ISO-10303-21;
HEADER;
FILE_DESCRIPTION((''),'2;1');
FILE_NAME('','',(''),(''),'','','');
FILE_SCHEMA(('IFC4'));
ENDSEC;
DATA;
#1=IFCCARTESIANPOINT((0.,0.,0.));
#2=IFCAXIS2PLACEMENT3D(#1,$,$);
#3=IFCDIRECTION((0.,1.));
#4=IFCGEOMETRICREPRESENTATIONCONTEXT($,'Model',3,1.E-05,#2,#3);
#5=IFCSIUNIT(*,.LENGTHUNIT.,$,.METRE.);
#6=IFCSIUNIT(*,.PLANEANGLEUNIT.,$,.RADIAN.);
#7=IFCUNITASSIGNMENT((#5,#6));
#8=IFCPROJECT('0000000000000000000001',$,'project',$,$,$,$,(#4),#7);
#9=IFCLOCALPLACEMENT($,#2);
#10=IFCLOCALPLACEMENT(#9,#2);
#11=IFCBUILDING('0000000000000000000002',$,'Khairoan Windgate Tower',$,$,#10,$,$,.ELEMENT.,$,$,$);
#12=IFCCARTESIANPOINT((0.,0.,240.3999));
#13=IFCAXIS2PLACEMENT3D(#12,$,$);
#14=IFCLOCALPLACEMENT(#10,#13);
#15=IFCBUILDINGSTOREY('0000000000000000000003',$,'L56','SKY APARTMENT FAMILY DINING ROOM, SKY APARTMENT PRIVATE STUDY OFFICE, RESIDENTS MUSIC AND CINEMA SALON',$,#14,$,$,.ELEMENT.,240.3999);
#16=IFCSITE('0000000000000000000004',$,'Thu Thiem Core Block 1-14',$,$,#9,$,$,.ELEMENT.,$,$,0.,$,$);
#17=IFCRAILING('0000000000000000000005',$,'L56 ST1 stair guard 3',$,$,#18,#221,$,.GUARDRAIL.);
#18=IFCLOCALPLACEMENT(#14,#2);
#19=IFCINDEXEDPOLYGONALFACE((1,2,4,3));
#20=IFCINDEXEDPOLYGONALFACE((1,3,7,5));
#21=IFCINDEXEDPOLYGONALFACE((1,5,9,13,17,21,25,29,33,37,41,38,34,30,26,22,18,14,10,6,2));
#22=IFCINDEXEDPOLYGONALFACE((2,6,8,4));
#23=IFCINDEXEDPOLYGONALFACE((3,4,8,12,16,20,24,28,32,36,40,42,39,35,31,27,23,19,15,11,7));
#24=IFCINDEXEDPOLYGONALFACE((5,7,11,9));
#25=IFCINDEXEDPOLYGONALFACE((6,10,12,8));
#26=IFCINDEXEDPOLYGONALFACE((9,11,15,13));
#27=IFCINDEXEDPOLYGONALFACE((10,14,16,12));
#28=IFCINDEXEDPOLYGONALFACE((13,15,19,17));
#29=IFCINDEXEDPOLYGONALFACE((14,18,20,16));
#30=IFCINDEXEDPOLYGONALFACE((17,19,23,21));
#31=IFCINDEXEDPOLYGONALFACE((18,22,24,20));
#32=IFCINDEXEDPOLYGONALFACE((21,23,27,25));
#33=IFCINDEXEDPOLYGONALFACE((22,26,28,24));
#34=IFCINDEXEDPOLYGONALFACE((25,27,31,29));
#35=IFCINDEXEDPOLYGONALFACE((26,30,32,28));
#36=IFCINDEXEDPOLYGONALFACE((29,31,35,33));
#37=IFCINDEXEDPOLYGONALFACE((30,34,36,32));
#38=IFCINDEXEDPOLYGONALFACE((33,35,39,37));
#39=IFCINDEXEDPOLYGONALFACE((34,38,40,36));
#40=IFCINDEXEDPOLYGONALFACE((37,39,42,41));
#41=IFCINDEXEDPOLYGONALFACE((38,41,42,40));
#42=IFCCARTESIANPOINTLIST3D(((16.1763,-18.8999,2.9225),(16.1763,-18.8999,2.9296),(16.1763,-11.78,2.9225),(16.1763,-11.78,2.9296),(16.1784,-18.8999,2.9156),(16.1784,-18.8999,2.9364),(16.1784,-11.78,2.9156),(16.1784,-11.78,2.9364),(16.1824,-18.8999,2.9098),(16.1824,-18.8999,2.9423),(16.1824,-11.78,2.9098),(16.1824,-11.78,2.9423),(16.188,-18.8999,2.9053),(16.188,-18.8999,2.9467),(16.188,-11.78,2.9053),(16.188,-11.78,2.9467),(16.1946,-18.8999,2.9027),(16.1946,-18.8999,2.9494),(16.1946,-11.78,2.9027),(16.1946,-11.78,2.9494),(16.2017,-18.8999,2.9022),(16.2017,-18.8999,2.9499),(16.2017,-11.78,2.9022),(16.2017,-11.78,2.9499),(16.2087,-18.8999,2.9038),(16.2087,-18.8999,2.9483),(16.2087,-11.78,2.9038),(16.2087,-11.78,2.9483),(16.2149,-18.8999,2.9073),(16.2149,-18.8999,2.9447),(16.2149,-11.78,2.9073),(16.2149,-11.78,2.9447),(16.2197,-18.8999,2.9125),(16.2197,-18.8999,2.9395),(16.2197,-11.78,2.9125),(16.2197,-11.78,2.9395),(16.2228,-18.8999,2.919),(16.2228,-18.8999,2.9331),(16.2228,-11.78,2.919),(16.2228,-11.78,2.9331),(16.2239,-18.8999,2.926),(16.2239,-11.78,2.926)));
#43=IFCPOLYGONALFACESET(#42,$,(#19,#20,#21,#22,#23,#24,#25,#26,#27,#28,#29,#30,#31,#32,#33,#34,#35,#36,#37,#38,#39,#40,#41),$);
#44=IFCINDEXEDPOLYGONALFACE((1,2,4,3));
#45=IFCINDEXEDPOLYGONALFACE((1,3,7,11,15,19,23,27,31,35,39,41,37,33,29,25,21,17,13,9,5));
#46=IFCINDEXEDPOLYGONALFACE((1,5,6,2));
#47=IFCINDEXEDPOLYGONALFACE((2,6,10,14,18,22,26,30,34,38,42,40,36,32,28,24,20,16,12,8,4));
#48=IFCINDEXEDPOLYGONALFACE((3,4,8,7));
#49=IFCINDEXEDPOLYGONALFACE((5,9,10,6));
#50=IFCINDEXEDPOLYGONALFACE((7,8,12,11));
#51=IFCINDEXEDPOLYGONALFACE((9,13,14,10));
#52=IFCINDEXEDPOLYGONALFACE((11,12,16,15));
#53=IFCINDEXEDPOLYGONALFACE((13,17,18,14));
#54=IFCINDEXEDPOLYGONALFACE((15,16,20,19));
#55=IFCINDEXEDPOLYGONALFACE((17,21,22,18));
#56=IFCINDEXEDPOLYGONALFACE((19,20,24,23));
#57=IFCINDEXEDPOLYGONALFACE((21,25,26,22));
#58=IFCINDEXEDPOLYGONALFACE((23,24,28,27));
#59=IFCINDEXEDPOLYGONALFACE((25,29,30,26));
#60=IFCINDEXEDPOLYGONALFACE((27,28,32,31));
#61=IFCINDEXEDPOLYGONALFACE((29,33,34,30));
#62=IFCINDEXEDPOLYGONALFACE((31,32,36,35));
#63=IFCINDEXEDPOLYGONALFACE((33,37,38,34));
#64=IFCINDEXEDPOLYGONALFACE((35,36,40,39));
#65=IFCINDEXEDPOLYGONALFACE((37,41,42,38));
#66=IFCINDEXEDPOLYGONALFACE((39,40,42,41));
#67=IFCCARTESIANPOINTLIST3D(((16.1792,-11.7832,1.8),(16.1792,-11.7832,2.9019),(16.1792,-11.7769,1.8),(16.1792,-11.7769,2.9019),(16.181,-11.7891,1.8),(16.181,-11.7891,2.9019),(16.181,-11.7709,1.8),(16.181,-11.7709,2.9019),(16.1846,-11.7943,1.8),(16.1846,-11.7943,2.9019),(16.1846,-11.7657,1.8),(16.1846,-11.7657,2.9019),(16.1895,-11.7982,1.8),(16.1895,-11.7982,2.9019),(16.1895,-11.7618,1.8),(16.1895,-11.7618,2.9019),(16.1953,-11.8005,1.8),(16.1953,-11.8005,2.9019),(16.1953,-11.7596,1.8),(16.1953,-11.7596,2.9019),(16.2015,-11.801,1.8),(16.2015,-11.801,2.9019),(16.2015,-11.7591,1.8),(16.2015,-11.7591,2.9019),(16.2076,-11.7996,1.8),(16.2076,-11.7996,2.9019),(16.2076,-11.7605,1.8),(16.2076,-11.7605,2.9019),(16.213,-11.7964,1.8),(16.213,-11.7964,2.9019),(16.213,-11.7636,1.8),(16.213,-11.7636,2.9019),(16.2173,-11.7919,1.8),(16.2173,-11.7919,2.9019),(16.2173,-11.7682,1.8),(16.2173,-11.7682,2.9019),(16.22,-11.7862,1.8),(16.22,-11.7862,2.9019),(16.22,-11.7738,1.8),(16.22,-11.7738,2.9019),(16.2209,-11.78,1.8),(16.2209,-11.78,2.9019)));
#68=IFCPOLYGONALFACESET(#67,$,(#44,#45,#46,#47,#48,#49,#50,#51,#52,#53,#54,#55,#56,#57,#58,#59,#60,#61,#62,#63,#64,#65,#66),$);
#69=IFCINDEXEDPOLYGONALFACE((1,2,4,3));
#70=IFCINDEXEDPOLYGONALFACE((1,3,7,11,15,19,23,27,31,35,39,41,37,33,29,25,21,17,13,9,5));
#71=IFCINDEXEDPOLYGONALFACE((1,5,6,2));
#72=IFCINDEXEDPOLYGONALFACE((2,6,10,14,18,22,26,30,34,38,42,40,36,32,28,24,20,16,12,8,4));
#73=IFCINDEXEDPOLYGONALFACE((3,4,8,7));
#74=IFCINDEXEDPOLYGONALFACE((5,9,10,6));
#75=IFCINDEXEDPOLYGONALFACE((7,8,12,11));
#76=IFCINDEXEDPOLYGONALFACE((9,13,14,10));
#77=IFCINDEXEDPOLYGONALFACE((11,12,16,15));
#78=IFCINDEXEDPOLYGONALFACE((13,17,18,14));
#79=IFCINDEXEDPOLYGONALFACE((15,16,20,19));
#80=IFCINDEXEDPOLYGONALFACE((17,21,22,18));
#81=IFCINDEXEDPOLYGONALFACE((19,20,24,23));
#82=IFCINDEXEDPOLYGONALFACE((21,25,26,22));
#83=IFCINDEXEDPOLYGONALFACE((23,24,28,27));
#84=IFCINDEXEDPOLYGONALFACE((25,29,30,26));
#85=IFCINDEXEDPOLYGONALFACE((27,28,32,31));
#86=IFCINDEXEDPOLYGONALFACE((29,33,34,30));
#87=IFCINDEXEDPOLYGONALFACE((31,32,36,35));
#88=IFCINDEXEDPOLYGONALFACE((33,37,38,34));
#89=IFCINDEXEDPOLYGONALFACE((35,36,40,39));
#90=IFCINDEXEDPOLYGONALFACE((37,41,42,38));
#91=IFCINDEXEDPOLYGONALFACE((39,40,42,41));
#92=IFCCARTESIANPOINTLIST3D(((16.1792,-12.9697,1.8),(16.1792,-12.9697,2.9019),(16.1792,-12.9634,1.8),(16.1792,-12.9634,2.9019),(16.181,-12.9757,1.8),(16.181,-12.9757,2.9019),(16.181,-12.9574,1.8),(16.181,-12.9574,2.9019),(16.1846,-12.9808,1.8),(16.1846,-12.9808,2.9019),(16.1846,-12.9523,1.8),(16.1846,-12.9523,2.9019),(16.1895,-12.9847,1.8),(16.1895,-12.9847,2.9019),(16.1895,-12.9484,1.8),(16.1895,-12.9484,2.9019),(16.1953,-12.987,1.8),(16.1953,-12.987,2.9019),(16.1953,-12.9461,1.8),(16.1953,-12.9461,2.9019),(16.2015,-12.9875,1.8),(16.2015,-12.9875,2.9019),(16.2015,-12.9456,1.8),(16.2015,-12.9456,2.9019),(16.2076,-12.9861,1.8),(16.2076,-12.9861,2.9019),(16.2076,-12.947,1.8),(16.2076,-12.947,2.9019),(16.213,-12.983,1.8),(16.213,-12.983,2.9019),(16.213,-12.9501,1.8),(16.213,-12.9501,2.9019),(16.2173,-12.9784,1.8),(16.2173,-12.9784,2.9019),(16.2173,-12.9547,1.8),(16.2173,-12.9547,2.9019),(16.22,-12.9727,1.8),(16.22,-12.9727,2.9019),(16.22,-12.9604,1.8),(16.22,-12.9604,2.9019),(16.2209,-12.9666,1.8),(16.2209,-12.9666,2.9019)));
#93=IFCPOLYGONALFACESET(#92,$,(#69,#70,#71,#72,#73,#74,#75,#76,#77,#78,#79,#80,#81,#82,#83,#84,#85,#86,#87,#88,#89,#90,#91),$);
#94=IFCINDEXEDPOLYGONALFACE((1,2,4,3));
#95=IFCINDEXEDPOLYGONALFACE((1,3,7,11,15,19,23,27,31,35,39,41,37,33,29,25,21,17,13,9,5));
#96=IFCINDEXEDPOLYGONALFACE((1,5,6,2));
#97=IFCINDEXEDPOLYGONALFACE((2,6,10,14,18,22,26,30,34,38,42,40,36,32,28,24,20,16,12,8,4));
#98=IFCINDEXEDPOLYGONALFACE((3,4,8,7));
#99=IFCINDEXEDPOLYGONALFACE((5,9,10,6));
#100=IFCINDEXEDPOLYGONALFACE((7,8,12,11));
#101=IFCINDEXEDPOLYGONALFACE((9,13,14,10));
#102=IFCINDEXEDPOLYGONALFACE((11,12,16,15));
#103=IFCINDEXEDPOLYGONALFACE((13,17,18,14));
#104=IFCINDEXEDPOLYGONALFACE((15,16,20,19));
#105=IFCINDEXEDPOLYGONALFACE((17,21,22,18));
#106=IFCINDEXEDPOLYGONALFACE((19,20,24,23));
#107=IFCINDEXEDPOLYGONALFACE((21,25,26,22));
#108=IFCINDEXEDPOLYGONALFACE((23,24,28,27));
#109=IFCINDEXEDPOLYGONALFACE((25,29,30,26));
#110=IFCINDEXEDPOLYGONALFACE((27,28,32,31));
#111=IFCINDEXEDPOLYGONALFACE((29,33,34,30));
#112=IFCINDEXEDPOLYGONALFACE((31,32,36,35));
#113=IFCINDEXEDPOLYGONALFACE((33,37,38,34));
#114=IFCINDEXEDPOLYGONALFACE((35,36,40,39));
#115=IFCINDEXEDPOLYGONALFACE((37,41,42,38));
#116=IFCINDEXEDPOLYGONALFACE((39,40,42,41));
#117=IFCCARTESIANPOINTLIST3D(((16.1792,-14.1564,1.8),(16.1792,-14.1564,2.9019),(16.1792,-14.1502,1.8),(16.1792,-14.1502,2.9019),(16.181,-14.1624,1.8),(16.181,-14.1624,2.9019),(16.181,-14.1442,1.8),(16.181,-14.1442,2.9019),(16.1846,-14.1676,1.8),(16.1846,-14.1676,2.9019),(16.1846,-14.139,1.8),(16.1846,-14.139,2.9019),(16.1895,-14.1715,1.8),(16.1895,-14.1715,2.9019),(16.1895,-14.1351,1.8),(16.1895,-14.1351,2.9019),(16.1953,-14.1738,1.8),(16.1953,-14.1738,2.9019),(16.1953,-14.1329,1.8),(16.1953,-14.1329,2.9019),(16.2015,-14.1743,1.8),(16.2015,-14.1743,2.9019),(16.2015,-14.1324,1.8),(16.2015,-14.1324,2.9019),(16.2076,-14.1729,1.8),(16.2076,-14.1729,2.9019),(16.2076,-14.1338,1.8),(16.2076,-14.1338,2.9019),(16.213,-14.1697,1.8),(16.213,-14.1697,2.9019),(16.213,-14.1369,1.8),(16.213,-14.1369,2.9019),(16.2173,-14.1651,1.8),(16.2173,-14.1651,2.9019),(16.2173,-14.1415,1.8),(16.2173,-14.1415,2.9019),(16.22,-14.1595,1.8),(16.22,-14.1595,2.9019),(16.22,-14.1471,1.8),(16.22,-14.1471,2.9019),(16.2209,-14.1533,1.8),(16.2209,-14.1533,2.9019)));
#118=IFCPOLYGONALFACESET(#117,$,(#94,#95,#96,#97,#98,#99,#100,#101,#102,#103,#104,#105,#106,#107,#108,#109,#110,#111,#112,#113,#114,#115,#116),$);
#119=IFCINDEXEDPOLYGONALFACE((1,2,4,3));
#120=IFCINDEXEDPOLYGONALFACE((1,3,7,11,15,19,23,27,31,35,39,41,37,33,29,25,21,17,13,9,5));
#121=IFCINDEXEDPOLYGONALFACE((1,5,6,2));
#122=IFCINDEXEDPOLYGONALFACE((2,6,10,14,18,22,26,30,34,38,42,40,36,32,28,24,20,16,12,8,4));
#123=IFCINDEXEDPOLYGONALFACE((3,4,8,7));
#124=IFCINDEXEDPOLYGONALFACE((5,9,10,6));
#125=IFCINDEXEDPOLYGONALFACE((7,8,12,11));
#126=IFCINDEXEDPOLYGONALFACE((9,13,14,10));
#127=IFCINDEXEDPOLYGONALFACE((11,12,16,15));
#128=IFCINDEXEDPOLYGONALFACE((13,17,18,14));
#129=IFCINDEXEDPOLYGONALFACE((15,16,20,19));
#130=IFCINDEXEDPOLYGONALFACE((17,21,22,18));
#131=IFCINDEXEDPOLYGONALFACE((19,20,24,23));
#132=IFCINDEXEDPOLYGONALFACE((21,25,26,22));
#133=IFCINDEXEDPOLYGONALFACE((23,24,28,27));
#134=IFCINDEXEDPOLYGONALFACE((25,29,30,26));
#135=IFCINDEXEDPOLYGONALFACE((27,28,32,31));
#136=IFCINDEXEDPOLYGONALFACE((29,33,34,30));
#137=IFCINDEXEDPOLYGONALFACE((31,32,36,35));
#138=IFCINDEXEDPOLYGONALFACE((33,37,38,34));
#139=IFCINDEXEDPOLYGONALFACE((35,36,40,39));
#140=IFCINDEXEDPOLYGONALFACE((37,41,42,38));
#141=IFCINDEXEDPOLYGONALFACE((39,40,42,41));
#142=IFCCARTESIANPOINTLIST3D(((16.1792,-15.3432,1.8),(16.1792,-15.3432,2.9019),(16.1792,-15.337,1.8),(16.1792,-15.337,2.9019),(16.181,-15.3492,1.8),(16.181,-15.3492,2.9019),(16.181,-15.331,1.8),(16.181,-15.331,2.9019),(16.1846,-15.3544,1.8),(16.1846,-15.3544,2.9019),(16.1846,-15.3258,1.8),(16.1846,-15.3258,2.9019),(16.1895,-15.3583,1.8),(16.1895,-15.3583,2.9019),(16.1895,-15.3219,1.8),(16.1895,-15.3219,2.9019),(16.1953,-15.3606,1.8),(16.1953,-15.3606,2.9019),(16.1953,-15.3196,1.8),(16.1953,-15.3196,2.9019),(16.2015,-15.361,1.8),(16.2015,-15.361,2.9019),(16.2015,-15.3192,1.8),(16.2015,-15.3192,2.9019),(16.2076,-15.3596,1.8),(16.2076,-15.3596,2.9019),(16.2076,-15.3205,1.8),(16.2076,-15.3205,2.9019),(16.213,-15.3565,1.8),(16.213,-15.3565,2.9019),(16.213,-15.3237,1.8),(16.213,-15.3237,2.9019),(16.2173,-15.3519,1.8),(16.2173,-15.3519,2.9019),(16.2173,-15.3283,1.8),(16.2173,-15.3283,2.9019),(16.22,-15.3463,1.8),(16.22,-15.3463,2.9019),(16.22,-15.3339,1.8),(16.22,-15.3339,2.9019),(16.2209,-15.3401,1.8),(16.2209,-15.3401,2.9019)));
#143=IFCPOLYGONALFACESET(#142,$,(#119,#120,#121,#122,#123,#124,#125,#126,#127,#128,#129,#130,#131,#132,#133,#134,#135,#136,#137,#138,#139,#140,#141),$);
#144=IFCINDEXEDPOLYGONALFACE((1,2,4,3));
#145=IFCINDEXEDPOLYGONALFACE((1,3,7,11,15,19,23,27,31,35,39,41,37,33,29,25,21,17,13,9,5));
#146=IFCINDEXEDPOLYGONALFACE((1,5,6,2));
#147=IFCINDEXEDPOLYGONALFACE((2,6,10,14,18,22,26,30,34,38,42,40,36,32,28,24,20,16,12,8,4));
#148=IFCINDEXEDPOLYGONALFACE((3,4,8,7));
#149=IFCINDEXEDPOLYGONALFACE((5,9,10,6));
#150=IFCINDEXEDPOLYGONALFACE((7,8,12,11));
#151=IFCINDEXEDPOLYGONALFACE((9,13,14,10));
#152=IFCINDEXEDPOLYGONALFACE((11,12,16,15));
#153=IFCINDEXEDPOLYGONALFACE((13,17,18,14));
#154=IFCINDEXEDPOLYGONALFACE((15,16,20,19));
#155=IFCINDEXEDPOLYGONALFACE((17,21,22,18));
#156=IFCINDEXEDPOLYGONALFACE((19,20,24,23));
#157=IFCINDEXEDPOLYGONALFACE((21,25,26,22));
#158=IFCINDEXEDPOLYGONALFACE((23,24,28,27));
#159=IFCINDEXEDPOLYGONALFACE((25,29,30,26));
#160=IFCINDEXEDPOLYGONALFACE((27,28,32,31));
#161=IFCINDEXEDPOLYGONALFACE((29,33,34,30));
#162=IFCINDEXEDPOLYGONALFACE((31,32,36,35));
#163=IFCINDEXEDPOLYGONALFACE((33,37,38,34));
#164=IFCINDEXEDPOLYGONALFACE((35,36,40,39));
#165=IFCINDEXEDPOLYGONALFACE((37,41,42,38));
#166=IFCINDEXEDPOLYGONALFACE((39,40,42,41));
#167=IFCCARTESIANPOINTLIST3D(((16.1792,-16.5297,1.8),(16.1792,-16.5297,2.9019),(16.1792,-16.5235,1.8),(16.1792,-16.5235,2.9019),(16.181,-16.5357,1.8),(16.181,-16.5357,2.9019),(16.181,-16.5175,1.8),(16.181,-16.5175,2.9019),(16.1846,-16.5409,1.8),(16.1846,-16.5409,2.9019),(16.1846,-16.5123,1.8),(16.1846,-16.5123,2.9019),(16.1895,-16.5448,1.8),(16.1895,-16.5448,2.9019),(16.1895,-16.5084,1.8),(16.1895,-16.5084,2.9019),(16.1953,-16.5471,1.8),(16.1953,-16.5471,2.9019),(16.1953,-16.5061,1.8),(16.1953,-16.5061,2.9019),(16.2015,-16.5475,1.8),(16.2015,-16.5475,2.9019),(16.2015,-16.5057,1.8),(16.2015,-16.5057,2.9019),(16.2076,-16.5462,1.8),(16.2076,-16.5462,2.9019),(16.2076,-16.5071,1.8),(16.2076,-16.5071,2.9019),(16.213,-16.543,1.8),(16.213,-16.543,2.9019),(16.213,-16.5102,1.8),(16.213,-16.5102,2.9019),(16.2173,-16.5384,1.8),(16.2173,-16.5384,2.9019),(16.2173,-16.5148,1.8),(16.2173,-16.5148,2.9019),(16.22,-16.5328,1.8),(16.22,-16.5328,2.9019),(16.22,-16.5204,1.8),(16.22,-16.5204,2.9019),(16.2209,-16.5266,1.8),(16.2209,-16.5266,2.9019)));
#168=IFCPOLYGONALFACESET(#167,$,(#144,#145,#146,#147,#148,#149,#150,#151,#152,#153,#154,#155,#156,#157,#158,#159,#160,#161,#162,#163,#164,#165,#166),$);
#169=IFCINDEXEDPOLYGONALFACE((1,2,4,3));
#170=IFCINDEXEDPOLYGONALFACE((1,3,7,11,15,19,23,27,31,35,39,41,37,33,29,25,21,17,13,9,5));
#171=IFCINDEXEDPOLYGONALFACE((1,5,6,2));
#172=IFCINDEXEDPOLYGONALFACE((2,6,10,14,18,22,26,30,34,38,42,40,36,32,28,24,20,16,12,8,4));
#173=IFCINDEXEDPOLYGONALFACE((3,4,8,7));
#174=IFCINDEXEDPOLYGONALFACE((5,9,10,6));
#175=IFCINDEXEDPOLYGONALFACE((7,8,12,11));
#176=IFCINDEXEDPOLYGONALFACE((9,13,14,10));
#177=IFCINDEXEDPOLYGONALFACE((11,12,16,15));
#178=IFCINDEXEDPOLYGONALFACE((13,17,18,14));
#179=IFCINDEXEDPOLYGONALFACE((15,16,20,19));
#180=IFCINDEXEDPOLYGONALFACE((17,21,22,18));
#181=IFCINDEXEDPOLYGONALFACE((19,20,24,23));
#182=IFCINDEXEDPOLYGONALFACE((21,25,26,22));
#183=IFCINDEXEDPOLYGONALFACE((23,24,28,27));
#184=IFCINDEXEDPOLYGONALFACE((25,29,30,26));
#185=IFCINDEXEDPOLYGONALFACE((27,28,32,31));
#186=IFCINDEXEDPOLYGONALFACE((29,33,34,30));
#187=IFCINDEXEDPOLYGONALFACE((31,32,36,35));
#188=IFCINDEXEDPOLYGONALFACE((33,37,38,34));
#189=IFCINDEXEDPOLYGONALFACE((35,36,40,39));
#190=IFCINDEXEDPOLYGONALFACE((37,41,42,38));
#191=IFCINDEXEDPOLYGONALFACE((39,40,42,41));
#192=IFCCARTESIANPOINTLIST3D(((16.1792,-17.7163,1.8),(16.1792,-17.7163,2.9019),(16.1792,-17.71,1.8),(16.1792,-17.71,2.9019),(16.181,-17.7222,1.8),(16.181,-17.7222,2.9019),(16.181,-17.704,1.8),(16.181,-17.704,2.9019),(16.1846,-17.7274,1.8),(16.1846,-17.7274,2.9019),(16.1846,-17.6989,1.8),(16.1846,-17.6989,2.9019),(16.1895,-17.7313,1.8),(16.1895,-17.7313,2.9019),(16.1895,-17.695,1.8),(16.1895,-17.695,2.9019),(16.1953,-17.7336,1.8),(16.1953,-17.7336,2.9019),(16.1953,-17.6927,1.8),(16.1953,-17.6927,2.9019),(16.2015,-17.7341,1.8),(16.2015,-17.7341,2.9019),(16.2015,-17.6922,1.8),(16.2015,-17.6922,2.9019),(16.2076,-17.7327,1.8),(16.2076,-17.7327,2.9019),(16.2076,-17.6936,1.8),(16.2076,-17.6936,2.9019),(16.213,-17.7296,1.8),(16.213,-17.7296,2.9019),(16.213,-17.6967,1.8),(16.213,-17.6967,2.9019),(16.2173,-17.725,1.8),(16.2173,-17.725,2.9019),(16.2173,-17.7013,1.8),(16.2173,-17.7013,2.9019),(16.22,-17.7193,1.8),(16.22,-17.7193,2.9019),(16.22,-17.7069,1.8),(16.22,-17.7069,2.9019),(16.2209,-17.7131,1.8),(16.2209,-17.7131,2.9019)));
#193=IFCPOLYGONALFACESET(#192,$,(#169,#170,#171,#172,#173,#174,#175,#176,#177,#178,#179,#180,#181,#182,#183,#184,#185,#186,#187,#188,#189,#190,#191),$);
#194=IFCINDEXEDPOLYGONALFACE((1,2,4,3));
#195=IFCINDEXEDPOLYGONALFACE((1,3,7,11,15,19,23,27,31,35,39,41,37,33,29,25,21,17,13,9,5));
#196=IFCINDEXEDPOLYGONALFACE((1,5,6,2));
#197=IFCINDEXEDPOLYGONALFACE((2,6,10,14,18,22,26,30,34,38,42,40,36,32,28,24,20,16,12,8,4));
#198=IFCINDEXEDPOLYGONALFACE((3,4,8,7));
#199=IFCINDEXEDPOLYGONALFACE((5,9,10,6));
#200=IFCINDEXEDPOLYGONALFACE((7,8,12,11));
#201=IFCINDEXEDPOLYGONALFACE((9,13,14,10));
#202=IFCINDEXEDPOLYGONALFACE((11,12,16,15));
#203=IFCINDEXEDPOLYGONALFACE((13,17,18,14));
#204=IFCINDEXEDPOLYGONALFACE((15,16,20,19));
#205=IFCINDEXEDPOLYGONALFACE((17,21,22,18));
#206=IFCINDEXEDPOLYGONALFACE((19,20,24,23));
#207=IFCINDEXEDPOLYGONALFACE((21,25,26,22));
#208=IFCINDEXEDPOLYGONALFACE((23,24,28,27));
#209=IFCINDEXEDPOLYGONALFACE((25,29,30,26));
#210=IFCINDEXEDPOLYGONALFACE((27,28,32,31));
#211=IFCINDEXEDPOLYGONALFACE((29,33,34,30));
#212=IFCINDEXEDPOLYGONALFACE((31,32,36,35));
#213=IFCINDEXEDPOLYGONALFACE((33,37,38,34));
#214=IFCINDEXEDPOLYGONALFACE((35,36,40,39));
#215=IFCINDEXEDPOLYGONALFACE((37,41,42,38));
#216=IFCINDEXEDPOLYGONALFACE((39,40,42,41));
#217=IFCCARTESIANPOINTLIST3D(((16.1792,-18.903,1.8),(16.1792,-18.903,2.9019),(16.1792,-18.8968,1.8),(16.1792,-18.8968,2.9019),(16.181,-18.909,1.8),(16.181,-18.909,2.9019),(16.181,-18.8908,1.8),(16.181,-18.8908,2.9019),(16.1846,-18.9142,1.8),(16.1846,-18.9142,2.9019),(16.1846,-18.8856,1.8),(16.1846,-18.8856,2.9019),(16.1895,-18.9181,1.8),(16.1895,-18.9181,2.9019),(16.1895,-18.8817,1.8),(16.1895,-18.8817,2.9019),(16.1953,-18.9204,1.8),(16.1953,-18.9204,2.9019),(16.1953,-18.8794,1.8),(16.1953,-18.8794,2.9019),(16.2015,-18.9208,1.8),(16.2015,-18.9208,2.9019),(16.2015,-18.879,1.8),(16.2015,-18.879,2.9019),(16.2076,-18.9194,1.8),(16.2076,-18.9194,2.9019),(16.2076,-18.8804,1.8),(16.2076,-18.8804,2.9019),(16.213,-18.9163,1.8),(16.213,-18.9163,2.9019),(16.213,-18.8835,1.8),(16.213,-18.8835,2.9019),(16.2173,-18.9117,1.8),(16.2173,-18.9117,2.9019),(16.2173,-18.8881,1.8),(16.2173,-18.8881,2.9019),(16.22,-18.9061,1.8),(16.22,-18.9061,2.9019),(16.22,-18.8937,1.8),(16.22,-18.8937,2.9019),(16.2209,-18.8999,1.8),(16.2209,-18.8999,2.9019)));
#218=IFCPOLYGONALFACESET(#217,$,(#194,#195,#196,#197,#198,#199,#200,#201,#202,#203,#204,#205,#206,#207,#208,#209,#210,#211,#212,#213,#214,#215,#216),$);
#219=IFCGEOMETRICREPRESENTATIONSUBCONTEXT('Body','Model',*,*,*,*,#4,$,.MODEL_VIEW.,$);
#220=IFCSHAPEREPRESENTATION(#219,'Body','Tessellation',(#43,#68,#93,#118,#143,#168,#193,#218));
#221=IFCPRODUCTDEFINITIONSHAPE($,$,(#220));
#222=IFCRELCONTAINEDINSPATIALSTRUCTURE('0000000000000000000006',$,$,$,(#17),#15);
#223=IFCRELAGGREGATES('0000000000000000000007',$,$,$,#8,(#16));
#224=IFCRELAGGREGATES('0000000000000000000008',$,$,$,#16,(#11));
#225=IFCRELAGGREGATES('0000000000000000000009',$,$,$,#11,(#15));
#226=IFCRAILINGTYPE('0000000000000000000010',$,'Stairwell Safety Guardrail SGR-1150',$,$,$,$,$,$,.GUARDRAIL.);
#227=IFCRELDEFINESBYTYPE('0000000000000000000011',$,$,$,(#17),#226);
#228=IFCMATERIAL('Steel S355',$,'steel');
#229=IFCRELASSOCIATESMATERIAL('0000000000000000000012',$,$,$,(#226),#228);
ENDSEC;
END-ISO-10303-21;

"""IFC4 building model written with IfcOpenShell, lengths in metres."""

from ifc_helpers import new_model, si_unit, direction, frame, origin, origin_2d, place, context, subcontext, project, spatial, circle, extrude, material, type_object, element, save


model = new_model("IFC4")

# Units and contexts
model_context = context("Model", 3, precision=1e-05, world=origin(), true_north=direction((0.0, 1.0)))
body_context = subcontext(model_context, "Body", "Model", "MODEL_VIEW")
ifc_project = project(units=[si_unit("LENGTHUNIT", "METRE"), si_unit("PLANEANGLEUNIT", "RADIAN")], contexts=[model_context])

# Site, building, storey
site_placement = place(None, origin())
site = spatial("IfcSite", under=ifc_project, at=site_placement, Name="Thu Thiem Core Block 1-14", CompositionType="ELEMENT", RefElevation=0.0)
building_placement = place(site_placement, origin())
building = spatial("IfcBuilding", under=site, at=building_placement, Name="Khairoan Windgate Tower", CompositionType="ELEMENT")
storey_placement = place(building_placement, frame((0.0, 0.0, 240.3999)))
storey = spatial("IfcBuildingStorey", under=building, at=storey_placement, Name="L56", Description="SKY APARTMENT FAMILY DINING ROOM, SKY APARTMENT PRIVATE STUDY OFFICE, RESIDENTS MUSIC AND CINEMA SALON", CompositionType="ELEMENT", Elevation=240.3999)

# Railing
ifc_material_1 = material(Name="Steel S355", Category="steel")
railing_type = type_object("IfcRailingType", Name="Stairwell Safety Guardrail SGR-1150", PredefinedType="GUARDRAIL", material=ifc_material_1)
railing_1_placement = place(storey_placement, frame((16.2, -11.78, 1.8)))
element("IfcRailing", 1, at=railing_1_placement, inside=storey, type_object=railing_type, Name="L56 ST1 stair guard 3", PredefinedType="GUARDRAIL", context=body_context, shape_type="SweptSolid", body=[
    extrude(circle(Radius=0.0239, at=origin_2d()), frame((0.0, 0.0, 1.126), z_axis=(0.0, -1.0, 0.0), x_axis=(1.0, 0.0, 0.0)), (0.0, 0.0, 1.0), 7.1199),
    extrude(circle(Radius=0.021, at=origin_2d()), origin(), (0.0, 0.0, 1.0), 1.1018),
    extrude(circle(Radius=0.021, at=origin_2d()), frame((0.0, -1.1865, 0.0)), (0.0, 0.0, 1.0), 1.1018),
    extrude(circle(Radius=0.021, at=origin_2d()), frame((0.0, -2.3733, 0.0)), (0.0, 0.0, 1.0), 1.1018),
    extrude(circle(Radius=0.021, at=origin_2d()), frame((0.0, -3.5601, 0.0)), (0.0, 0.0, 1.0), 1.1018),
    extrude(circle(Radius=0.021, at=origin_2d()), frame((0.0, -4.7466, 0.0)), (0.0, 0.0, 1.0), 1.1018),
    extrude(circle(Radius=0.021, at=origin_2d()), frame((0.0, -5.9331, 0.0)), (0.0, 0.0, 1.0), 1.1018),
    extrude(circle(Radius=0.021, at=origin_2d()), frame((0.0, -7.1199, 0.0)), (0.0, 0.0, 1.0), 1.1018),
])

save(model, "model.ifc")
